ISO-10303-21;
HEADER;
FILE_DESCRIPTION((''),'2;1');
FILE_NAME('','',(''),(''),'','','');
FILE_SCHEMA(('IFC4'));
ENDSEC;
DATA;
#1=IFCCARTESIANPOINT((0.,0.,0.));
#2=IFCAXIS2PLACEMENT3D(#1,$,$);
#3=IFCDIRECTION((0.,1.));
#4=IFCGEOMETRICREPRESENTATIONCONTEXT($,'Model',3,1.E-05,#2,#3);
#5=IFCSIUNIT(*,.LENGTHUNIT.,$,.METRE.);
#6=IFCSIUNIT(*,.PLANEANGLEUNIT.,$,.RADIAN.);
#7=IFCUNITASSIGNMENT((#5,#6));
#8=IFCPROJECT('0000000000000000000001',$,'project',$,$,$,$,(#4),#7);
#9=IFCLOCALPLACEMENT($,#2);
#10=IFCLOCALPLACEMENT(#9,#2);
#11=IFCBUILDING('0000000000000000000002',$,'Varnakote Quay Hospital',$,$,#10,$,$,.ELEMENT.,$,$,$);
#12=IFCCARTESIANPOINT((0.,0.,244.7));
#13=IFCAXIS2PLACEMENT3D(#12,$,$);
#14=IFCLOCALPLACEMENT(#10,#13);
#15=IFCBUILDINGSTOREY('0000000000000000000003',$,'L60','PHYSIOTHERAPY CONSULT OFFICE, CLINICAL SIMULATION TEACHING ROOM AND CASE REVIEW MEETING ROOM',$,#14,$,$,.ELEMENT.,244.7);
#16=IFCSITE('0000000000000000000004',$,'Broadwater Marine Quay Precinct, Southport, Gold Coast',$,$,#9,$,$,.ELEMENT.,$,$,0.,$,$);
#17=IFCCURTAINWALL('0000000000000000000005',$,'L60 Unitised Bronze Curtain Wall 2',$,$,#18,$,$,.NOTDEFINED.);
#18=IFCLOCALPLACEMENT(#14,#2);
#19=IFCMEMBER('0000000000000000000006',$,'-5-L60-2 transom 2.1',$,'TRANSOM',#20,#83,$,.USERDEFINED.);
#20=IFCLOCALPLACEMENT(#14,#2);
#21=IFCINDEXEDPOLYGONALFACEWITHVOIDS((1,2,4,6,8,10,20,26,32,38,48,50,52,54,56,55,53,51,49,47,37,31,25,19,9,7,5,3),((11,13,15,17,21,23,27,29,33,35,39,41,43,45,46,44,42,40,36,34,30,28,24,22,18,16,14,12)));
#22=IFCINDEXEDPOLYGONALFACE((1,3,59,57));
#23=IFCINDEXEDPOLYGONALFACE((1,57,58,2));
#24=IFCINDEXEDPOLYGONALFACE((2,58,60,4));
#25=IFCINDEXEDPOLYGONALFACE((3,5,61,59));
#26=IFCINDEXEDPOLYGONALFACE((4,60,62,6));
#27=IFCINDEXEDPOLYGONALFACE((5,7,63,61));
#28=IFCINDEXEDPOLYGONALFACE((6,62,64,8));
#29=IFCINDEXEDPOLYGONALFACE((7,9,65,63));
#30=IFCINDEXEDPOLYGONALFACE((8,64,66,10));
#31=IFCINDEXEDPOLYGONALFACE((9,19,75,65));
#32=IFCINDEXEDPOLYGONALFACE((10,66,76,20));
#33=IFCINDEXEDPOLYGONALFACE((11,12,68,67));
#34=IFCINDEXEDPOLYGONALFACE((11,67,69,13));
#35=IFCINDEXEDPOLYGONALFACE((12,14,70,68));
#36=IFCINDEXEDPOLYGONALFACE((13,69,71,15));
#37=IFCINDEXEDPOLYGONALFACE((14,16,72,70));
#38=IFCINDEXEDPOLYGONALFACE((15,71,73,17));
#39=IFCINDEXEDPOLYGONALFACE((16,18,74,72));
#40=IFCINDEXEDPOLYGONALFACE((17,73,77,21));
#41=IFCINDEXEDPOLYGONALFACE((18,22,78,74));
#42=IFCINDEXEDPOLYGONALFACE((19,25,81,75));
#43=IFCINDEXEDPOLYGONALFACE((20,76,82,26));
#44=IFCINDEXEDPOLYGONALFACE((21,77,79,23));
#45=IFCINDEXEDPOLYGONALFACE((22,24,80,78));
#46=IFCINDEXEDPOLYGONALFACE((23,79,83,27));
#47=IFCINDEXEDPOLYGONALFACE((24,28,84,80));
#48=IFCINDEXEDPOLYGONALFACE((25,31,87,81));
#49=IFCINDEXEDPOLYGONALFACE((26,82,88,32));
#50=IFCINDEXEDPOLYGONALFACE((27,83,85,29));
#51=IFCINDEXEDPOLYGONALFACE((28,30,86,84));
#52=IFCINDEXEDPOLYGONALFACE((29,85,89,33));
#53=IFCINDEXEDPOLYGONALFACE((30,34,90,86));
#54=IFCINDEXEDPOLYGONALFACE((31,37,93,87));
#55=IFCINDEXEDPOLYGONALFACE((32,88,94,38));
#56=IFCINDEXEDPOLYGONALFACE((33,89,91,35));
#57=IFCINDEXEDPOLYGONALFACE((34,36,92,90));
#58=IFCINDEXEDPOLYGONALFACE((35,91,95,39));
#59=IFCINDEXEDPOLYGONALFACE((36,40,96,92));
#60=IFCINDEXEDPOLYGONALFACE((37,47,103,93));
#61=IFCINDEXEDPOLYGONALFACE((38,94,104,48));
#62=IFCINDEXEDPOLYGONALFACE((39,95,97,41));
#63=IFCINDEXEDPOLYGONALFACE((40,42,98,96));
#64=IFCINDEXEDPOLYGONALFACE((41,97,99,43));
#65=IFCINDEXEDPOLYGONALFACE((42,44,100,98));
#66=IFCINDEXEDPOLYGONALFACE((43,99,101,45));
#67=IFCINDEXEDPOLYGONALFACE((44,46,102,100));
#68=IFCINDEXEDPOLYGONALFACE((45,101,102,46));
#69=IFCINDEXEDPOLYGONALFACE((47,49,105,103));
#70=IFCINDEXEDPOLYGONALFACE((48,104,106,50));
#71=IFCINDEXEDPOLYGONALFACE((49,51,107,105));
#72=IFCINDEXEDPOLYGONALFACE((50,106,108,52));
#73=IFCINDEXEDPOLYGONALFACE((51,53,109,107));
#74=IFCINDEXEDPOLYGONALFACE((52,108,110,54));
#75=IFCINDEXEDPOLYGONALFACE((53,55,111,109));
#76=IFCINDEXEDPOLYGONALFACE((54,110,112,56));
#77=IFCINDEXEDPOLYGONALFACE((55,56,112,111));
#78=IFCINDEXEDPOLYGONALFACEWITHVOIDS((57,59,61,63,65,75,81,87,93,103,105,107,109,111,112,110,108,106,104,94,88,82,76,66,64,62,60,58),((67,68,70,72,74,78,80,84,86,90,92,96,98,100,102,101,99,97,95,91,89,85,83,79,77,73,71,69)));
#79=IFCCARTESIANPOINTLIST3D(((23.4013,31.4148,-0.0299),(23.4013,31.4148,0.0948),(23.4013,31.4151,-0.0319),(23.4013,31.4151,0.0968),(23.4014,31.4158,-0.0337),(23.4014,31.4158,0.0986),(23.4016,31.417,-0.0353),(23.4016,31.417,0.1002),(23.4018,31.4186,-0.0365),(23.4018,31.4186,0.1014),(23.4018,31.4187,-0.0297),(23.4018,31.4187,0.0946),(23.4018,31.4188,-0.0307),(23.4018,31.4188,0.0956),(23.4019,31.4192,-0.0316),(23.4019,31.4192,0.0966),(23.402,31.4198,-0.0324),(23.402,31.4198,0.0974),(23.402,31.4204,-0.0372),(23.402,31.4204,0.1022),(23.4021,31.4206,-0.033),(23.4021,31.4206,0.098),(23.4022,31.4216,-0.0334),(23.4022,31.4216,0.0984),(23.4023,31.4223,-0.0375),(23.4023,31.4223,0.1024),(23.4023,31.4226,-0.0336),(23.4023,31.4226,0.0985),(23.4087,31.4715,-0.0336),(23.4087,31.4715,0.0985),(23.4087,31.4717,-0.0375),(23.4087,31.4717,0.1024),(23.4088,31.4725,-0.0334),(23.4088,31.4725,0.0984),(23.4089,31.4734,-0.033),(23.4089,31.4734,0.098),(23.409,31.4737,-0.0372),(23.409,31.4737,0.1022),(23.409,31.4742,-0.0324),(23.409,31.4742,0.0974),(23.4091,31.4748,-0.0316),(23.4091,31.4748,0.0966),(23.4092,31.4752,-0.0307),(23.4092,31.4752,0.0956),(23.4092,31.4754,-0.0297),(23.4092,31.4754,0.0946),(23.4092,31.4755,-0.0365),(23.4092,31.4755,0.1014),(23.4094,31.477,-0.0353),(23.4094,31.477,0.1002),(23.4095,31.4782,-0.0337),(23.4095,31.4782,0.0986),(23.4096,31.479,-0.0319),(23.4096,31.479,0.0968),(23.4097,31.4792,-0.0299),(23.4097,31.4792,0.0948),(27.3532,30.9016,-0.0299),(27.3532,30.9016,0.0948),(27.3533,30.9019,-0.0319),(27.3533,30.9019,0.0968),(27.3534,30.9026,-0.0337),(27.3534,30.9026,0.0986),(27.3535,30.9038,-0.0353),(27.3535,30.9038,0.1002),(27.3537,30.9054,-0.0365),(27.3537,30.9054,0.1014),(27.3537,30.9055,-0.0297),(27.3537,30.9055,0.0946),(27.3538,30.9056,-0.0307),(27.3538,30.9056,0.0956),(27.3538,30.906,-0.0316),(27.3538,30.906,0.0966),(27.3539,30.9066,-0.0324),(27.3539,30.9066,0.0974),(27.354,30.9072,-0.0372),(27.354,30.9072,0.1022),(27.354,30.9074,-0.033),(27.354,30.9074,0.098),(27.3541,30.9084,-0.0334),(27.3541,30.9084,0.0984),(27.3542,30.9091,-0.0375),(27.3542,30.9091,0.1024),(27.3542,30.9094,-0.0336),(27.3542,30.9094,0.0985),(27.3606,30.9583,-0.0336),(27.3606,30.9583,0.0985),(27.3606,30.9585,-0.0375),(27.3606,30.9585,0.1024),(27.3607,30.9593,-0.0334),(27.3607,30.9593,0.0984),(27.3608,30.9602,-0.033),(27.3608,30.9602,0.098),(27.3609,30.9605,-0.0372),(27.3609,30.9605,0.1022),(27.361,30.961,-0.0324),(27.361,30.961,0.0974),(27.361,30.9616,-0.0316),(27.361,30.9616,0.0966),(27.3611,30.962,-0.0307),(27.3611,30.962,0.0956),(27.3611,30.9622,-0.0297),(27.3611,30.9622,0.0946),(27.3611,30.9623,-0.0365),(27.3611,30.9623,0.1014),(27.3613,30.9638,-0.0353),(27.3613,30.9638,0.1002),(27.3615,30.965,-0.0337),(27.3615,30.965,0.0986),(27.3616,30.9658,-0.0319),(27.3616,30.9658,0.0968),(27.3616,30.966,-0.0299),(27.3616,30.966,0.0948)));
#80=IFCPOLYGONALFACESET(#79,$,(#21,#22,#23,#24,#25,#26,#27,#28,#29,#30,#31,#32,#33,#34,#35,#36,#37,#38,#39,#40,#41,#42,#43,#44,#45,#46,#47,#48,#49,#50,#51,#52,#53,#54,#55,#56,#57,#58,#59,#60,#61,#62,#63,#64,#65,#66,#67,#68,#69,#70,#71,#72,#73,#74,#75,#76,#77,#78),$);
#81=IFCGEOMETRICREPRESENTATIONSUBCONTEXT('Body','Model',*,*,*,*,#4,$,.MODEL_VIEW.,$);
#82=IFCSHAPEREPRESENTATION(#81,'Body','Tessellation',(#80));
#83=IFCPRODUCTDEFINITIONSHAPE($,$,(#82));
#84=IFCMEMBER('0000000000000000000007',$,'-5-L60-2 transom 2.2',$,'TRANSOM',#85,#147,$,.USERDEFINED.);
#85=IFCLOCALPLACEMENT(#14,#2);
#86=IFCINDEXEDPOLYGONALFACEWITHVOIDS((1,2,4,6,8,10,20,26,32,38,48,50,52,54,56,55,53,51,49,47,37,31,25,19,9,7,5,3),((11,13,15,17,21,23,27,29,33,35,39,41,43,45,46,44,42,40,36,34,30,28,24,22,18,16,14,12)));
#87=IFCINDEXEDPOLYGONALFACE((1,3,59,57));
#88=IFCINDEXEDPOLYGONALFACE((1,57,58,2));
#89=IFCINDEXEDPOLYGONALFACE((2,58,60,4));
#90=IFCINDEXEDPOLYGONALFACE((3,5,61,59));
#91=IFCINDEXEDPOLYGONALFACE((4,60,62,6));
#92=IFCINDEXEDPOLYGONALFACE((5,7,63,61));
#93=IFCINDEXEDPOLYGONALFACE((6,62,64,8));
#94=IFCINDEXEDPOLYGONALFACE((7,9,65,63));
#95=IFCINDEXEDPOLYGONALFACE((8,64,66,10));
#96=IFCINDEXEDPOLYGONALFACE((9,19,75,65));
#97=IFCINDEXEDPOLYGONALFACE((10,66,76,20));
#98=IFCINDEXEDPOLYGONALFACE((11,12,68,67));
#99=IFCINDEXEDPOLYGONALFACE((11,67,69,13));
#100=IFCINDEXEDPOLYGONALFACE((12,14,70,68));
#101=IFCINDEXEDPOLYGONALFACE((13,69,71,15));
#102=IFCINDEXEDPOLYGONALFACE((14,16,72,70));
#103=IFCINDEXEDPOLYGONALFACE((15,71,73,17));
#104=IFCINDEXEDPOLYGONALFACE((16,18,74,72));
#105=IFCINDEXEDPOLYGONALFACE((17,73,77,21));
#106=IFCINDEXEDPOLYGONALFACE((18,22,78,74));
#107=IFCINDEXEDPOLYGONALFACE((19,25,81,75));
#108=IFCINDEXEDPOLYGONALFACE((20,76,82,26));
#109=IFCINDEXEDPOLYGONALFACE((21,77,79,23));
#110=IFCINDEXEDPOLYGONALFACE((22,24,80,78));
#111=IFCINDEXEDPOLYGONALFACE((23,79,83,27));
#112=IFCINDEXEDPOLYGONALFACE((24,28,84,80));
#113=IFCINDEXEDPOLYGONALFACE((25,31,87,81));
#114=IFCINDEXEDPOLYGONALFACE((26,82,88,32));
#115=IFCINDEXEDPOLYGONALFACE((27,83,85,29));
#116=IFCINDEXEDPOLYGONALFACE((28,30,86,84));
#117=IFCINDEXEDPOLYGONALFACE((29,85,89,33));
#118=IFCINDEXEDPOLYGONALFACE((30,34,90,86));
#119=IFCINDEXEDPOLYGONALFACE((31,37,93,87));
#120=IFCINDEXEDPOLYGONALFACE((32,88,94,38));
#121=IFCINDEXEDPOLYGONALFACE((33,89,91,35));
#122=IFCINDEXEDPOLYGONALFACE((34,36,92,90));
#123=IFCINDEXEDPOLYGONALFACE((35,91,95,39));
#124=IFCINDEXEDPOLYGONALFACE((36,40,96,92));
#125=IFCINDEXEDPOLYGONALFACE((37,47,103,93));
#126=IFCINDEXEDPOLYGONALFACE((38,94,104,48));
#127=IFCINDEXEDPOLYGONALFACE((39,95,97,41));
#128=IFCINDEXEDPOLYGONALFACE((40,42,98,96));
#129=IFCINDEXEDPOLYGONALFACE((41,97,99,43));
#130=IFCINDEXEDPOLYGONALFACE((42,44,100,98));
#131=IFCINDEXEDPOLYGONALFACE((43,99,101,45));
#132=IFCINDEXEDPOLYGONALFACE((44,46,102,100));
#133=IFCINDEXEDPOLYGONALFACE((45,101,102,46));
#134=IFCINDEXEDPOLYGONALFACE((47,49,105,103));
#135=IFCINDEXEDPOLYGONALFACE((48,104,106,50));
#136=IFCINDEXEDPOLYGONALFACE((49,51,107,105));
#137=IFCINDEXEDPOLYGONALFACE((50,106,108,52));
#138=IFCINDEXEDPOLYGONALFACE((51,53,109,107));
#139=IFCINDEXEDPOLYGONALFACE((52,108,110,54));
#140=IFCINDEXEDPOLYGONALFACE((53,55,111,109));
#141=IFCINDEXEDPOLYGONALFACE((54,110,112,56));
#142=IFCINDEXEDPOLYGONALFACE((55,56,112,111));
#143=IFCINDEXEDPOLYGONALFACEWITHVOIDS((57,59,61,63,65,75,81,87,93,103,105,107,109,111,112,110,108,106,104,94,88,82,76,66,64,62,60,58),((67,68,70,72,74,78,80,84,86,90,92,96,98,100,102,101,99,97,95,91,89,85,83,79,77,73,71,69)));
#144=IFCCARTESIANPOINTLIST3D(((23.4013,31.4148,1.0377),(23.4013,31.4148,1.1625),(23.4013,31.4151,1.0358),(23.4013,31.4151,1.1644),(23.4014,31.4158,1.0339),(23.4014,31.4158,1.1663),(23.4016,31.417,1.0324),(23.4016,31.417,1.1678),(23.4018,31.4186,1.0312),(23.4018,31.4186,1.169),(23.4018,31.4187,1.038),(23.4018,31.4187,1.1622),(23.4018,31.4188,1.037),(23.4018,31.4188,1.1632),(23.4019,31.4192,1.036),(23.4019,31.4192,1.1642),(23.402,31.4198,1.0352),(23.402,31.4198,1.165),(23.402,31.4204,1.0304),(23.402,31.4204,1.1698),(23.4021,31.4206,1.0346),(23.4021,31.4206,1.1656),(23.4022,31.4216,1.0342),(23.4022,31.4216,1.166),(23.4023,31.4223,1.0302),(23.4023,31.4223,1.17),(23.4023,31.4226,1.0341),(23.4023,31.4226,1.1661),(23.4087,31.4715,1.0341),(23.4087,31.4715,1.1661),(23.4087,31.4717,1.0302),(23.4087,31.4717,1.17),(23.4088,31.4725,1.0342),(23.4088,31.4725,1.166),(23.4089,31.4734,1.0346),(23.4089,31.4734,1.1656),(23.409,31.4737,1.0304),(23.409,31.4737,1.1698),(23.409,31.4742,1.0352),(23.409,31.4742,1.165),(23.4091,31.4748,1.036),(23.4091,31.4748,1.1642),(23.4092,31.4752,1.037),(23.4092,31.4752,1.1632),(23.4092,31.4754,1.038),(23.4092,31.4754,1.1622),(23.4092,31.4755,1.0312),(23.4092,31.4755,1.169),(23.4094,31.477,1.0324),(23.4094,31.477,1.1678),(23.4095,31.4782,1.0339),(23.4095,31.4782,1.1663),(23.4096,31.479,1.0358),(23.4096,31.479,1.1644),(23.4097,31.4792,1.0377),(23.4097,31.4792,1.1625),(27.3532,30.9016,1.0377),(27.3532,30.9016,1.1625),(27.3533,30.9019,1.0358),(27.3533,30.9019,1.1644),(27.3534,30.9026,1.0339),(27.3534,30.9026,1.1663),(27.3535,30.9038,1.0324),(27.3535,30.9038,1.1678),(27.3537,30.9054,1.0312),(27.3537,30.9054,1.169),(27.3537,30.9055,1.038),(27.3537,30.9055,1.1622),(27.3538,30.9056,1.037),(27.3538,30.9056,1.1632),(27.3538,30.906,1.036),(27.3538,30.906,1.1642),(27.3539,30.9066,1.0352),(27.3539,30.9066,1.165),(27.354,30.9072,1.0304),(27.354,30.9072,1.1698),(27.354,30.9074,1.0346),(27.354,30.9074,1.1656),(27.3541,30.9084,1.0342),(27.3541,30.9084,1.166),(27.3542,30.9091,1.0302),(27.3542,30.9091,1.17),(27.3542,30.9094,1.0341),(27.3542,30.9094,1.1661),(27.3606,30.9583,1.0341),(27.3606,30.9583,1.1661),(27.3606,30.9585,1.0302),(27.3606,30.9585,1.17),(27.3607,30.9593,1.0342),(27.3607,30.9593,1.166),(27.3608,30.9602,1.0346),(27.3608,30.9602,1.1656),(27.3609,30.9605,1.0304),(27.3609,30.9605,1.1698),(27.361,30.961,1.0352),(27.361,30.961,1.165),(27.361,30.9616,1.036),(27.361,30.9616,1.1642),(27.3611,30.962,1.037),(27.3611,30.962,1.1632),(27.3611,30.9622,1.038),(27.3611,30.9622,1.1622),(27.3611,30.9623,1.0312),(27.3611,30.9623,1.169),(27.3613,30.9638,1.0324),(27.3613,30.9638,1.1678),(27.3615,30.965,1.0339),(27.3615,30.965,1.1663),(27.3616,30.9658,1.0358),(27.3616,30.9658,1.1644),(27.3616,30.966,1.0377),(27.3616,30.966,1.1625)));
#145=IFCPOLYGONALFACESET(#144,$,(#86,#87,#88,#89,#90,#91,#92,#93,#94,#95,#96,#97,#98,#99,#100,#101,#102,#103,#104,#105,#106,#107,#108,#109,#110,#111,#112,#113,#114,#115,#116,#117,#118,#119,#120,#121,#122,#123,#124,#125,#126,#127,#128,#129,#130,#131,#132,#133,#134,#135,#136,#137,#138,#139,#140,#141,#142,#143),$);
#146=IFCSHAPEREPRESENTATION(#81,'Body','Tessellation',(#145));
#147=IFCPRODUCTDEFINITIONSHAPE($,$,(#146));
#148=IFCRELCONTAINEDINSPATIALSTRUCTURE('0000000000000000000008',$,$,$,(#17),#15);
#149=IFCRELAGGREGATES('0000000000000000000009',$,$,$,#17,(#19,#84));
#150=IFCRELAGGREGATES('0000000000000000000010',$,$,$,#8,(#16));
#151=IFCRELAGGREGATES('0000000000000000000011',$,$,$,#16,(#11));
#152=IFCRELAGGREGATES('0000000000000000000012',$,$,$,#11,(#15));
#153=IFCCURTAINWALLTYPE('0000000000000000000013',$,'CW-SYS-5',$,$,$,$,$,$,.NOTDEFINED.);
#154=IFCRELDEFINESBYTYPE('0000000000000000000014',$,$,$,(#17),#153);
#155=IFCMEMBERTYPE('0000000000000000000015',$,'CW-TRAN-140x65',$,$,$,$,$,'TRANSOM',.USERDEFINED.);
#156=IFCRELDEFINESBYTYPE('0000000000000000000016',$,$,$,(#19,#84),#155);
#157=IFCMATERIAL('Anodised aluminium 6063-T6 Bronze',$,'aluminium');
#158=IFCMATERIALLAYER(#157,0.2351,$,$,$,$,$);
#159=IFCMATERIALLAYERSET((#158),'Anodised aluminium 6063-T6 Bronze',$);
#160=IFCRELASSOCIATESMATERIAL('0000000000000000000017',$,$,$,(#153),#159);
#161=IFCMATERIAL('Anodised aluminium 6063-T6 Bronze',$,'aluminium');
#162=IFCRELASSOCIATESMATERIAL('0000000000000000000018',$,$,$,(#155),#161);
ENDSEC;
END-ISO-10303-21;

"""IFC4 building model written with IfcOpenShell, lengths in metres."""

from ifc_helpers import new_model, si_unit, direction, frame, origin, origin_2d, place, context, subcontext, project, spatial, hollow_rectangle, extrude, material, layer, layer_set, material_profile, profile_set, type_object, element, aggregate, save


model = new_model("IFC4")

# Units and contexts
model_context = context("Model", 3, precision=1e-05, world=origin(), true_north=direction((0.0, 1.0)))
body_context = subcontext(model_context, "Body", "Model", "MODEL_VIEW")
ifc_project = project(units=[si_unit("LENGTHUNIT", "METRE"), si_unit("PLANEANGLEUNIT", "RADIAN")], contexts=[model_context])

# Site, building, storey
site_placement = place(None, origin())
site = spatial("IfcSite", under=ifc_project, at=site_placement, Name="Broadwater Marine Quay Precinct, Southport, Gold Coast", CompositionType="ELEMENT", RefElevation=0.0)
building_placement = place(site_placement, origin())
building = spatial("IfcBuilding", under=site, at=building_placement, Name="Varnakote Quay Hospital", CompositionType="ELEMENT")
storey_placement = place(building_placement, frame((0.0, 0.0, 244.7)))
storey = spatial("IfcBuildingStorey", under=building, at=storey_placement, Name="L60", Description="PHYSIOTHERAPY CONSULT OFFICE, CLINICAL SIMULATION TEACHING ROOM AND CASE REVIEW MEETING ROOM", CompositionType="ELEMENT", Elevation=244.7)

# Shared definitions
ifc_material_1 = material(Name="Anodised aluminium 6063-T6 Bronze", Category="aluminium")
ifc_layer_1 = layer(ifc_material_1, 0.2351)
ifc_layer_set_1 = layer_set([ifc_layer_1], Name="Anodised aluminium 6063-T6 Bronze")
curtain_wall_type = type_object("IfcCurtainWallType", Name="CW-SYS-5", PredefinedType="NOTDEFINED", material=ifc_layer_set_1)

# Curtain wall, members
curtain_wall_1_placement = place(storey_placement, origin())
curtain_wall_1 = element("IfcCurtainWall", 1, at=curtain_wall_1_placement, inside=storey, type_object=curtain_wall_type, Name="L60 Unitised Bronze Curtain Wall 2", PredefinedType="NOTDEFINED")
ifc_material_2 = material(Name="Anodised aluminium 6063-T6 Bronze", Category="aluminium")
ifc_material_profile_1 = material_profile(ifc_material_2, hollow_rectangle(XDim=0.0649, YDim=0.1399, WallThickness=0.0039, InnerFilletRadius=0.0039, OuterFilletRadius=0.0076, at=origin_2d()), Name="CW-TRAN-140x65")
ifc_profile_set_1 = profile_set([ifc_material_profile_1], Name="Anodised aluminium 6063-T6 Bronze")
member_type_1 = type_object("IfcMemberType", Name="CW-TRAN-140x65", ElementType="TRANSOM", PredefinedType="USERDEFINED", material=ifc_profile_set_1)
member_1_placement = place(storey_placement, frame((27.3574, 30.9338, 0.0325), z_axis=(-0.991674, 0.128776, 0.0), x_axis=(-0.128776, -0.991674, 0.0)))
member_1 = element("IfcMember", 2, at=member_1_placement, type_object=member_type_1, Name="-5-L60-2 transom 2.1", ObjectType="TRANSOM", PredefinedType="USERDEFINED", context=body_context, shape_type="SweptSolid", body=[
    extrude(hollow_rectangle(XDim=0.0649, YDim=0.1399, WallThickness=0.0039, InnerFilletRadius=0.0039, OuterFilletRadius=0.0076, at=origin_2d()), origin(), (0.0, 0.0, 1.0), 3.9851),
])
member_2_placement = place(storey_placement, frame((27.3574, 30.9338, 1.1001), z_axis=(-0.991674, 0.128776, 0.0), x_axis=(-0.128776, -0.991674, 0.0)))
member_2 = element("IfcMember", 3, at=member_2_placement, type_object=member_type_1, Name="-5-L60-2 transom 2.2", ObjectType="TRANSOM", PredefinedType="USERDEFINED", context=body_context, shape_type="SweptSolid", body=[
    extrude(hollow_rectangle(XDim=0.0649, YDim=0.1399, WallThickness=0.0039, InnerFilletRadius=0.0039, OuterFilletRadius=0.0076, at=origin_2d()), origin(), (0.0, 0.0, 1.0), 3.9851),
])

aggregate(curtain_wall_1, [member_1, member_2])

save(model, "model.ifc")
